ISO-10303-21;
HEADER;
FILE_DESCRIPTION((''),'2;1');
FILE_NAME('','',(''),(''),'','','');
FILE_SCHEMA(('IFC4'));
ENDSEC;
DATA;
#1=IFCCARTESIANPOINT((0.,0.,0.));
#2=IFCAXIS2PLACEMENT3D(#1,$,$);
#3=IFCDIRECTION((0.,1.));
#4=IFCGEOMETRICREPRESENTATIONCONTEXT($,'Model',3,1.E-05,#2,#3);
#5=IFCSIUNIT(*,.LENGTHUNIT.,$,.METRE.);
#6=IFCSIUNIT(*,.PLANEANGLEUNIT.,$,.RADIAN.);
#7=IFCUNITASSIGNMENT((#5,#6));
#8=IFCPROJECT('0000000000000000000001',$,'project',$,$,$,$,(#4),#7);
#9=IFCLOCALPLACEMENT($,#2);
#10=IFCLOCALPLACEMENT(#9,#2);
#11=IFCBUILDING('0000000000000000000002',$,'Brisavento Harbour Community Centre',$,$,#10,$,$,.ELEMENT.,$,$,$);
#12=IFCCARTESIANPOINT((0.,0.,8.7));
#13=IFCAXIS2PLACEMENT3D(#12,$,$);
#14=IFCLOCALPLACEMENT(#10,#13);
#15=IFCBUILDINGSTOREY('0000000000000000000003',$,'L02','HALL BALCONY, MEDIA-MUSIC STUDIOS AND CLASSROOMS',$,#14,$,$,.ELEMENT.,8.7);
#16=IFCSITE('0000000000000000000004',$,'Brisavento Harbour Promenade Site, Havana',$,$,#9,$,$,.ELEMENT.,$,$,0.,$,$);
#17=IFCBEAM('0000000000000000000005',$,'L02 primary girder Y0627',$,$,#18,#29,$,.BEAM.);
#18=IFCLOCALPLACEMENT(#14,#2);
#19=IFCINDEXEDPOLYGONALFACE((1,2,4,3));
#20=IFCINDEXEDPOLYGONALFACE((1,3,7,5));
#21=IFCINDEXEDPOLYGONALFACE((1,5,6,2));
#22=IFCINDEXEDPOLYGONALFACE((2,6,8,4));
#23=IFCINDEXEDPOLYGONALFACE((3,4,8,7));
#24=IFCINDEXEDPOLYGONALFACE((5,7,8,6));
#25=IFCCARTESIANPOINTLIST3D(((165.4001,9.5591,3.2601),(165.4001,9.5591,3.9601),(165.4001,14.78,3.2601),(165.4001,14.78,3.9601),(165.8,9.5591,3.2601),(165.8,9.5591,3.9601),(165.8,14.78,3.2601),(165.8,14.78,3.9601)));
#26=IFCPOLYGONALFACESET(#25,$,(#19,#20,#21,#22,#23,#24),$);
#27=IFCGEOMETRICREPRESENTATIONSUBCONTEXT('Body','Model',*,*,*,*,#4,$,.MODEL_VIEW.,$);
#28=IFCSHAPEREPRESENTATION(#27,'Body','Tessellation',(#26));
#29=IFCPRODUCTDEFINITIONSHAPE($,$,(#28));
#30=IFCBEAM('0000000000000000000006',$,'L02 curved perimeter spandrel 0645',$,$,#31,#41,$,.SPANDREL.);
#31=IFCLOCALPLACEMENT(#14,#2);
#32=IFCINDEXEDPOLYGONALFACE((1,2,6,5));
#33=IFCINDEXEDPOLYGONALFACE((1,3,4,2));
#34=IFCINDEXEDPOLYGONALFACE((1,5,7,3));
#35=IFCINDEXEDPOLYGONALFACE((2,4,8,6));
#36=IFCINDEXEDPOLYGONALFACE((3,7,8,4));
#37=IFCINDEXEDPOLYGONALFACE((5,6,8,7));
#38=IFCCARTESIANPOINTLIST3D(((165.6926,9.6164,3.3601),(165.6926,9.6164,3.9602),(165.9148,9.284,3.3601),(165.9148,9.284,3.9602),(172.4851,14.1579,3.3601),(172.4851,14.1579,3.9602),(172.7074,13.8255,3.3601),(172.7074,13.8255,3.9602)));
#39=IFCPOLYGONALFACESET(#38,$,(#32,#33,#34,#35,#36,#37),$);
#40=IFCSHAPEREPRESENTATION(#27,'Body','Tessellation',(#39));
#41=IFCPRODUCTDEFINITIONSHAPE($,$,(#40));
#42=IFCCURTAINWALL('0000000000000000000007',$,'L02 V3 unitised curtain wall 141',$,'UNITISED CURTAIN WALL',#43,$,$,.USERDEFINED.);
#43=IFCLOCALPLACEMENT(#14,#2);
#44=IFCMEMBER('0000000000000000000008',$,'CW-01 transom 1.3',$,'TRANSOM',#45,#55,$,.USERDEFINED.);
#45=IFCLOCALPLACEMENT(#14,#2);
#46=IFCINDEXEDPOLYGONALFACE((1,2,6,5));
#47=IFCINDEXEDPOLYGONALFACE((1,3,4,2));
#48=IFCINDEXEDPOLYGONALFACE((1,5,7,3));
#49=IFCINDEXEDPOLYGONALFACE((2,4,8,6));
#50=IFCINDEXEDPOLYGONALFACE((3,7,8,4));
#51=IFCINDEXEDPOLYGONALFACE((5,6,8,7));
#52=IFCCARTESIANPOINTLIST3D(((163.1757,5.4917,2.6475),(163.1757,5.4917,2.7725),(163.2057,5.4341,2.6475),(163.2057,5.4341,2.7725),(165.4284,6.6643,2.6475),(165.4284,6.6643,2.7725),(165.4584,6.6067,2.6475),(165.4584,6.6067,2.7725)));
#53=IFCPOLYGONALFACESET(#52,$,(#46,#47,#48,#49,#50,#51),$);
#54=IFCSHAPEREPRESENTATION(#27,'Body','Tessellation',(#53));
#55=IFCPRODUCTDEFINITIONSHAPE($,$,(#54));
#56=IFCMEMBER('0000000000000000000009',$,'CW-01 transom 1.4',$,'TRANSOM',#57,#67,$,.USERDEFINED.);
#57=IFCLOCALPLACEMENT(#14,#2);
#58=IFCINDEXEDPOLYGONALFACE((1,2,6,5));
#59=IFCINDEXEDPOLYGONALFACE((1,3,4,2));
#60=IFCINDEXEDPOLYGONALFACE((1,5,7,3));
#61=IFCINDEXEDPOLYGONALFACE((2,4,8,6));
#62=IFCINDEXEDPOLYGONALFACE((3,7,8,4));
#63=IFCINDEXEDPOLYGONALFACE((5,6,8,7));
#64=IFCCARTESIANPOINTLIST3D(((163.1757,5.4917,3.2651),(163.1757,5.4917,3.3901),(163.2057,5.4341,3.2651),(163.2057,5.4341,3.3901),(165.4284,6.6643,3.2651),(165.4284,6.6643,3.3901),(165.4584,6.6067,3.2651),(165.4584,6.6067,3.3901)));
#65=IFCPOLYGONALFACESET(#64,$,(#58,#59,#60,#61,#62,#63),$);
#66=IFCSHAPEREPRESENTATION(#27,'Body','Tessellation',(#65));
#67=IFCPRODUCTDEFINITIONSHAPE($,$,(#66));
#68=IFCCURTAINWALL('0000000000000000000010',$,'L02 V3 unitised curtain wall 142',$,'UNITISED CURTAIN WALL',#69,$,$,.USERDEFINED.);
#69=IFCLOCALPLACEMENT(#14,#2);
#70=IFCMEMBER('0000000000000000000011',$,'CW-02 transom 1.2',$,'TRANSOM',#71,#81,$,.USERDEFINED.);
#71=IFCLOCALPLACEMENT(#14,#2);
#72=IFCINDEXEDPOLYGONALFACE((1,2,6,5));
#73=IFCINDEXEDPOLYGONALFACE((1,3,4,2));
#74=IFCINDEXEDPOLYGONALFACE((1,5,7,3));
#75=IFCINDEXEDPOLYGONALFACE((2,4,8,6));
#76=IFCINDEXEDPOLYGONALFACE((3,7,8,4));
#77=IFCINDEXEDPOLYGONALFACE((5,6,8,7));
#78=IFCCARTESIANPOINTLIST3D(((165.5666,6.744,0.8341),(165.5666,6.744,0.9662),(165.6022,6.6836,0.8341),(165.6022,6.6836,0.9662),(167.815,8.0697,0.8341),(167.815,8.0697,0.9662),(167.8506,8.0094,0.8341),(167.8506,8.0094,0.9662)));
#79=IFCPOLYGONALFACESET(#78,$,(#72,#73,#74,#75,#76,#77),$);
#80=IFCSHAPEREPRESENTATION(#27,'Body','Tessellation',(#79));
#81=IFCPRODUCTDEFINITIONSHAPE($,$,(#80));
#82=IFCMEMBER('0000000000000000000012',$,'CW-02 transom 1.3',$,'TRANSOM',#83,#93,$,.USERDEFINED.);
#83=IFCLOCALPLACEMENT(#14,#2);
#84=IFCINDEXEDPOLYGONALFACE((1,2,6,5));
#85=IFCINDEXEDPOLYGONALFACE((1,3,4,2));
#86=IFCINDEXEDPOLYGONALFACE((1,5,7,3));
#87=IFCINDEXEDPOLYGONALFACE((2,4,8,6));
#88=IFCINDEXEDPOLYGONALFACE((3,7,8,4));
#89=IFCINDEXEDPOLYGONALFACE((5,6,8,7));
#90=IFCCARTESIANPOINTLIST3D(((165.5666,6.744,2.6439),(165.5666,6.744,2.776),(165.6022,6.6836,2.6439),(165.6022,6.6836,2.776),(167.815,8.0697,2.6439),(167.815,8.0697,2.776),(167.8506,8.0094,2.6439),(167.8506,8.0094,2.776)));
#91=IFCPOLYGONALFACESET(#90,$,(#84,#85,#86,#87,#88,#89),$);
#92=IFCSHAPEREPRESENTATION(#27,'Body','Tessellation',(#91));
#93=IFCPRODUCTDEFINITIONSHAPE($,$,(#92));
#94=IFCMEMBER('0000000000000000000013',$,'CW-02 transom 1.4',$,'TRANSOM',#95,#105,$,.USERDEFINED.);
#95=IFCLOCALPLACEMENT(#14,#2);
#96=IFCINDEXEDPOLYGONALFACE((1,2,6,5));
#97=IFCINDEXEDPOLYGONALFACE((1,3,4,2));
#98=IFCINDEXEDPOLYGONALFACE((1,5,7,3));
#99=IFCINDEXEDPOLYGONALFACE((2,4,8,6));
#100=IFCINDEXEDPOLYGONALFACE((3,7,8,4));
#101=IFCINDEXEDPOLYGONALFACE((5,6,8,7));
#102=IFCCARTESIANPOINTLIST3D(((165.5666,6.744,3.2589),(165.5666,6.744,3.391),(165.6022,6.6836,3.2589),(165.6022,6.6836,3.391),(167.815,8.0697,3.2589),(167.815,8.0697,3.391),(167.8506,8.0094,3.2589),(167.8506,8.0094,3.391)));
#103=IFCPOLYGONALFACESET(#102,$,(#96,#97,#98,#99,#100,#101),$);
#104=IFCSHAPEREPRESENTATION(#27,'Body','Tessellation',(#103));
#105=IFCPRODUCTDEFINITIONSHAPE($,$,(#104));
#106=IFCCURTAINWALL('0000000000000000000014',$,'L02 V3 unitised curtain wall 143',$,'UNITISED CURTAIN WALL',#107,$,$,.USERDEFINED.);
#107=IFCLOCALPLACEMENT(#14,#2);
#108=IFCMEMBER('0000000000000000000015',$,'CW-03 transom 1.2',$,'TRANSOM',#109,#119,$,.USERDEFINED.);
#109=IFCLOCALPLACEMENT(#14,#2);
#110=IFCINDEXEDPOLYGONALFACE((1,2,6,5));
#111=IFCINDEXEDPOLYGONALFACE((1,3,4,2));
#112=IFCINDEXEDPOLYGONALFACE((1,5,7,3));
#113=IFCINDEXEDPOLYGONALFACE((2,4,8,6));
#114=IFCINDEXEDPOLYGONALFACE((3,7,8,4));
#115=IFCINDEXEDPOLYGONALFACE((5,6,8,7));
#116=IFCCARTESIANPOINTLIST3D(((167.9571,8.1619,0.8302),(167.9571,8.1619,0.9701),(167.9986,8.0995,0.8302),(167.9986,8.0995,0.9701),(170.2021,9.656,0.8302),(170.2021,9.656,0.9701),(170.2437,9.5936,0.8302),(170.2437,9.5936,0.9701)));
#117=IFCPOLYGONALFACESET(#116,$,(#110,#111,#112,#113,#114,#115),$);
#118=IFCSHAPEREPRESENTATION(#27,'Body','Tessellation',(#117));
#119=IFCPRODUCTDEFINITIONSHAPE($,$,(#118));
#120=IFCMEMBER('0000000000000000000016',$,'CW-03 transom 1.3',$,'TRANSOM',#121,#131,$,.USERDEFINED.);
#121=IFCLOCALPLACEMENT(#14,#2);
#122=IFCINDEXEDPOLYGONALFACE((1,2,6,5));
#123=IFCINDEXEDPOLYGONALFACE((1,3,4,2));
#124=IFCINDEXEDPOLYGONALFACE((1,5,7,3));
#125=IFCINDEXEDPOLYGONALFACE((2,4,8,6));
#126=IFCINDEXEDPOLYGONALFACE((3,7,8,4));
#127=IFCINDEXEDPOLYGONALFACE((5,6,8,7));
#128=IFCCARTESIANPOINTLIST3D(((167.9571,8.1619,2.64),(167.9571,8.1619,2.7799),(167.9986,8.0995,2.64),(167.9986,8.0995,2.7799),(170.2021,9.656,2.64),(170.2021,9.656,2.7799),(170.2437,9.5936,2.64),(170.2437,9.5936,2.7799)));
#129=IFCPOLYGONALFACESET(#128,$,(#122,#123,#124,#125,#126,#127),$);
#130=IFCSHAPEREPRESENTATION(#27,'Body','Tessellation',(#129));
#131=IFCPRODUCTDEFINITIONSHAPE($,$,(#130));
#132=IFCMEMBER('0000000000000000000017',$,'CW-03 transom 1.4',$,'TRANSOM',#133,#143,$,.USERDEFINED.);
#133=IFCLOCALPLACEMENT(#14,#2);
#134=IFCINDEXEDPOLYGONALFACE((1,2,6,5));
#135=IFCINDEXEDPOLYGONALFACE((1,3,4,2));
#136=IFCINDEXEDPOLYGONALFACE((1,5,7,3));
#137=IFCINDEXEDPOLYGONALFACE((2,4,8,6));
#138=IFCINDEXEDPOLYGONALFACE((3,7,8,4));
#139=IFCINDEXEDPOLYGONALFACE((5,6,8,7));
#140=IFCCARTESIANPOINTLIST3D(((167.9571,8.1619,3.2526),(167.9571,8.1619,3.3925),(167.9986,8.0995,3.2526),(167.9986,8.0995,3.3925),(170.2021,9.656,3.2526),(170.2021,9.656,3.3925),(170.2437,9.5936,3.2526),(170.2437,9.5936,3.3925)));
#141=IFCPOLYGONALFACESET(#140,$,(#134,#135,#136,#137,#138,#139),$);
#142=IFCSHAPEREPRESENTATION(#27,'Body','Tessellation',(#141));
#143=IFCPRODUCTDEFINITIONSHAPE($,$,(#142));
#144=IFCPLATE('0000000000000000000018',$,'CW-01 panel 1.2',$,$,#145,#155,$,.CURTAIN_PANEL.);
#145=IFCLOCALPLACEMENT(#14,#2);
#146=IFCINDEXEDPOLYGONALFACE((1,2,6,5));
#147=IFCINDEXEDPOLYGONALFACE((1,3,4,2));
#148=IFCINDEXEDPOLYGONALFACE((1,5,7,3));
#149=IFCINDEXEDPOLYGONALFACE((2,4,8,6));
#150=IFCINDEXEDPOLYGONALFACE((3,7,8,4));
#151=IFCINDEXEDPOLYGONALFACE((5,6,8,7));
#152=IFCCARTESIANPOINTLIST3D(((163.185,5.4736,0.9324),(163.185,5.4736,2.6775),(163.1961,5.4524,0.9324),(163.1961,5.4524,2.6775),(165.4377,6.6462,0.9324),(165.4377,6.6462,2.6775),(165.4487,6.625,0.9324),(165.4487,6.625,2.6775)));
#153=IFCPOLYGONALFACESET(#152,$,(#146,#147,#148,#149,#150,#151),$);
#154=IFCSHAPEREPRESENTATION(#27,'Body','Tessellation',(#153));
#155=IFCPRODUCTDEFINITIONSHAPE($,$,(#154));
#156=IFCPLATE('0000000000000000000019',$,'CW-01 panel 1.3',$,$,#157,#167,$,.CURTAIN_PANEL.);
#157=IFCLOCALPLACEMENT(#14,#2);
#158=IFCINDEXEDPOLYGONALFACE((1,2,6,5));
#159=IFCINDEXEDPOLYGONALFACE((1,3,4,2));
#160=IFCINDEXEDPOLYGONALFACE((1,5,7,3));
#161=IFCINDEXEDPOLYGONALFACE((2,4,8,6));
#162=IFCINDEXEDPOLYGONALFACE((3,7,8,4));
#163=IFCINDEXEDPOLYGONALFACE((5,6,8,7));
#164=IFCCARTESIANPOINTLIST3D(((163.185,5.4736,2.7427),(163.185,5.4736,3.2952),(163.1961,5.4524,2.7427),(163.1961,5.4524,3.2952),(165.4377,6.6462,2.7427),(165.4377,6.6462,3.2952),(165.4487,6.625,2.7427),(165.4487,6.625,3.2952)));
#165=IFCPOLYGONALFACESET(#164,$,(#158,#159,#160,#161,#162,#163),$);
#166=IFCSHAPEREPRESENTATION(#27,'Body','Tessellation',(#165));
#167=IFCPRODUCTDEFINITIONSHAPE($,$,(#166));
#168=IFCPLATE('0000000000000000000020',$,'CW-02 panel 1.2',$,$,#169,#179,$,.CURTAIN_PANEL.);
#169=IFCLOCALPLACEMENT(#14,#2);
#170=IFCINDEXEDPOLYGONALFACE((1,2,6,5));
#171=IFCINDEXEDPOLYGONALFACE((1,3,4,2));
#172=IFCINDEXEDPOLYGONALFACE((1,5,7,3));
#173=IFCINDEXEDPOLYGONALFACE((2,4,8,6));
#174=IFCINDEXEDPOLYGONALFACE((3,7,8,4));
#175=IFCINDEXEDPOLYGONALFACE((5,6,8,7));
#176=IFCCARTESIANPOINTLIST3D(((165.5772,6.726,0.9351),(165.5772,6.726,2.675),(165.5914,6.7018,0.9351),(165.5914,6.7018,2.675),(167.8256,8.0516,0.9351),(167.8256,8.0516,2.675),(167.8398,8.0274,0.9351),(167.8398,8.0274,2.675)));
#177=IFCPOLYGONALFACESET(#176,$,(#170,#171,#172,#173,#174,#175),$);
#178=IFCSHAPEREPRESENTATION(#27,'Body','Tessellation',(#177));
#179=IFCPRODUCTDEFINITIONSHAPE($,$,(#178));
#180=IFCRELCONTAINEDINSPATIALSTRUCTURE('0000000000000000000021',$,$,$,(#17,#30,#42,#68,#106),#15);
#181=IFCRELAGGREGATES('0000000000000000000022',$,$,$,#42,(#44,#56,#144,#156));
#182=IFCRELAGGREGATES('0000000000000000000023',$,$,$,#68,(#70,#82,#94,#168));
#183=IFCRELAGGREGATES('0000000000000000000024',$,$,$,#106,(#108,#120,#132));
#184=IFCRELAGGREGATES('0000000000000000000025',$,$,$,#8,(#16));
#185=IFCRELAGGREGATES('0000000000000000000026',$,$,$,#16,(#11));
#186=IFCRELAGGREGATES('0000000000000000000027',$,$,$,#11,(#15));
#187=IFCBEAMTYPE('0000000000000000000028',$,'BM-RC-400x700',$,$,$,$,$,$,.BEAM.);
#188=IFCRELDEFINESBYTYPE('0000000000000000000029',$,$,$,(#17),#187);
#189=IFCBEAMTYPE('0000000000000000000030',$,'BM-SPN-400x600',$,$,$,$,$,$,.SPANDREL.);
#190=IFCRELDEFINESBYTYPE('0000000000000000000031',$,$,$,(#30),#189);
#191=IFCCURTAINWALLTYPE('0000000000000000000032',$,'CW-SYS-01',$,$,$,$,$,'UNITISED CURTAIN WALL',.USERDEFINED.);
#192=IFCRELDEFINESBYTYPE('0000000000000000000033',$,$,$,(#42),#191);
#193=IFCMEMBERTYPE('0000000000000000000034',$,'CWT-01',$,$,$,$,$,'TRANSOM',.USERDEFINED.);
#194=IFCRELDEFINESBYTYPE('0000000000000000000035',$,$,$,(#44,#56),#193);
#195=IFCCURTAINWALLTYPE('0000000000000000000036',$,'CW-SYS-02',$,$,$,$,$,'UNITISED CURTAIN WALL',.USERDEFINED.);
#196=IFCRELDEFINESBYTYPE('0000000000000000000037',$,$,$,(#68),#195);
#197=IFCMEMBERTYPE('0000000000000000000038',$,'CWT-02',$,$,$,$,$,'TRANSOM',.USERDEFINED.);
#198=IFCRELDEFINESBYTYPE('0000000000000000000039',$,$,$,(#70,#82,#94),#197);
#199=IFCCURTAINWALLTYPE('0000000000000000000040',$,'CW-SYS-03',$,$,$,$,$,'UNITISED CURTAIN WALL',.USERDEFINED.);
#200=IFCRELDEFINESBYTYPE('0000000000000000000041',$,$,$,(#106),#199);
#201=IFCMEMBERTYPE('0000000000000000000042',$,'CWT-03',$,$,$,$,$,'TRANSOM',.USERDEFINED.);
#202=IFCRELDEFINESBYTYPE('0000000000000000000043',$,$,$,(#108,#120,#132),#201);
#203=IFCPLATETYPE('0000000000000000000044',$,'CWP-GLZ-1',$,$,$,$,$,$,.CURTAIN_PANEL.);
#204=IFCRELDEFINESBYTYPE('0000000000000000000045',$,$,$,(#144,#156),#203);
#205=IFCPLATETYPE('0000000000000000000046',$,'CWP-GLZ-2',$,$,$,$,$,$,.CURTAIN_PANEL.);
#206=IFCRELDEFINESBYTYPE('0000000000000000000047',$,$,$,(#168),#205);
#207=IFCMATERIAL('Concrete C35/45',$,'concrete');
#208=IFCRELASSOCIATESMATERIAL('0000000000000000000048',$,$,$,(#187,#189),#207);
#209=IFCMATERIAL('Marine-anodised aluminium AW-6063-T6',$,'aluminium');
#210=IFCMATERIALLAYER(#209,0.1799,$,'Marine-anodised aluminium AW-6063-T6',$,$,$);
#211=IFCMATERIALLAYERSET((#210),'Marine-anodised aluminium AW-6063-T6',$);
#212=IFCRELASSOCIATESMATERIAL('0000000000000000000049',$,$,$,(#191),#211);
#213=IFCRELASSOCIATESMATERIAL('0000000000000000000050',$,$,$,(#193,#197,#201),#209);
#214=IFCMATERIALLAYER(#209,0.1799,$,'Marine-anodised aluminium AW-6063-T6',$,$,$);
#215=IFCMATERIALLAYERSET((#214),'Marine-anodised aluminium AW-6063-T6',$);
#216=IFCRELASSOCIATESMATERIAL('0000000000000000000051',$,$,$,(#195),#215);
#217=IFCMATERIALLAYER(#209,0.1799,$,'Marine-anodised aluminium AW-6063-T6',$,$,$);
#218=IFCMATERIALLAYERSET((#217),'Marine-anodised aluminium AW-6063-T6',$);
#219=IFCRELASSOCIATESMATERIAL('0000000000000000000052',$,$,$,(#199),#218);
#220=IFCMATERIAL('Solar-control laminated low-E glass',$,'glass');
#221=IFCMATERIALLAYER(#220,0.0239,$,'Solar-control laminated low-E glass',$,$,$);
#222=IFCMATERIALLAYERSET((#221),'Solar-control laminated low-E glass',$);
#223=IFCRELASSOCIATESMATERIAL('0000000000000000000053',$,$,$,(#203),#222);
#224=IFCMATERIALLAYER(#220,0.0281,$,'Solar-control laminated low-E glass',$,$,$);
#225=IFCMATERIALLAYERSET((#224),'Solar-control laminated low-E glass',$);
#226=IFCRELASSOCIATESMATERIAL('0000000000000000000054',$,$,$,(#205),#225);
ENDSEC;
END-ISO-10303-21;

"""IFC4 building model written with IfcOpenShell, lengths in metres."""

from ifc_helpers import new_model, si_unit, direction, frame, origin, origin_2d, place, context, subcontext, project, spatial, rectangle, extrude, material, layer, layer_set, material_profile, profile_set, type_object, element, aggregate, save


model = new_model("IFC4")

# Units and contexts
model_context = context("Model", 3, precision=1e-05, world=origin(), true_north=direction((0.0, 1.0)))
body_context = subcontext(model_context, "Body", "Model", "MODEL_VIEW")
ifc_project = project(units=[si_unit("LENGTHUNIT", "METRE"), si_unit("PLANEANGLEUNIT", "RADIAN")], contexts=[model_context])

# Site, building, storey
site_placement = place(None, origin())
site = spatial("IfcSite", under=ifc_project, at=site_placement, Name="Brisavento Harbour Promenade Site, Havana", CompositionType="ELEMENT", RefElevation=0.0)
building_placement = place(site_placement, origin())
building = spatial("IfcBuilding", under=site, at=building_placement, Name="Brisavento Harbour Community Centre", CompositionType="ELEMENT")
storey_placement = place(building_placement, frame((0.0, 0.0, 8.7)))
storey = spatial("IfcBuildingStorey", under=building, at=storey_placement, Name="L02", Description="HALL BALCONY, MEDIA-MUSIC STUDIOS AND CLASSROOMS", CompositionType="ELEMENT", Elevation=8.7)

# Beams
ifc_material_1 = material(Name="Concrete C35/45", Category="concrete")
ifc_material_profile_1 = material_profile(ifc_material_1, rectangle(XDim=0.3999, YDim=0.7, at=origin_2d()), Name="Concrete C35/45")
ifc_profile_set_1 = profile_set([ifc_material_profile_1], Name="Concrete C35/45")
beam_type_1 = type_object("IfcBeamType", Name="BM-RC-400x700", PredefinedType="BEAM", material=ifc_profile_set_1)
beam_1_placement = place(storey_placement, frame((165.6001, 9.5591, 3.6101), z_axis=(0.0, 1.0, 0.0), x_axis=(-1.0, 0.0, 0.0)))
element("IfcBeam", 1, at=beam_1_placement, inside=storey, type_object=beam_type_1, Name="L02 primary girder Y0627", PredefinedType="BEAM", context=body_context, shape_type="SweptSolid", body=[
    extrude(rectangle(XDim=0.3999, YDim=0.7, at=origin_2d()), origin(), (0.0, 0.0, 1.0), 5.2209),
])
ifc_material_profile_2 = material_profile(ifc_material_1, rectangle(XDim=0.3999, YDim=0.6001, at=origin_2d()), Name="Concrete C35/45")
ifc_profile_set_2 = profile_set([ifc_material_profile_2], Name="Concrete C35/45")
beam_type_2 = type_object("IfcBeamType", Name="BM-SPN-400x600", PredefinedType="SPANDREL", material=ifc_profile_set_2)
beam_2_placement = place(storey_placement, frame((165.8037, 9.4502, 3.6602), z_axis=(0.831305, 0.555817, 0.0), x_axis=(-0.555817, 0.831305, 0.0)))
element("IfcBeam", 2, at=beam_2_placement, inside=storey, type_object=beam_type_2, Name="L02 curved perimeter spandrel 0645", PredefinedType="SPANDREL", context=body_context, shape_type="SweptSolid", body=[
    extrude(rectangle(XDim=0.3999, YDim=0.6001, at=origin_2d()), origin(), (0.0, 0.0, 1.0), 8.1709),
])

# Curtain walls, members
ifc_material_2 = material(Name="Marine-anodised aluminium AW-6063-T6", Category="aluminium")
ifc_layer_1 = layer(ifc_material_2, 0.1799, Name="Marine-anodised aluminium AW-6063-T6")
ifc_layer_set_1 = layer_set([ifc_layer_1], Name="Marine-anodised aluminium AW-6063-T6")
curtain_wall_type_1 = type_object("IfcCurtainWallType", Name="CW-SYS-01", ElementType="UNITISED CURTAIN WALL", PredefinedType="USERDEFINED", material=ifc_layer_set_1)
curtain_wall_1_placement = place(storey_placement, origin())
curtain_wall_1 = element("IfcCurtainWall", 3, at=curtain_wall_1_placement, inside=storey, type_object=curtain_wall_type_1, Name="L02 V3 unitised curtain wall 141", ObjectType="UNITISED CURTAIN WALL", PredefinedType="USERDEFINED")
ifc_material_profile_3 = material_profile(ifc_material_2, rectangle(XDim=0.0649, YDim=0.125, at=origin_2d()), Name="Marine-anodised aluminium AW-6063-T6")
ifc_profile_set_3 = profile_set([ifc_material_profile_3], Name="Marine-anodised aluminium AW-6063-T6")
member_type_1 = type_object("IfcMemberType", Name="CWT-01", ElementType="TRANSOM", PredefinedType="USERDEFINED", material=ifc_profile_set_3)
member_1_placement = place(storey_placement, frame((165.4434, 6.6355, 2.71), z_axis=(-0.887022, -0.461728, 0.0), x_axis=(0.461728, -0.887022, 0.0)))
member_1 = element("IfcMember", 4, at=member_1_placement, type_object=member_type_1, Name="CW-01 transom 1.3", ObjectType="TRANSOM", PredefinedType="USERDEFINED", context=body_context, shape_type="SweptSolid", body=[
    extrude(rectangle(XDim=0.0649, YDim=0.125, at=origin_2d()), origin(), (0.0, 0.0, 1.0), 2.5396),
])
member_2_placement = place(storey_placement, frame((165.4434, 6.6355, 3.3276), z_axis=(-0.887022, -0.461728, 0.0), x_axis=(0.461728, -0.887022, 0.0)))
member_2 = element("IfcMember", 5, at=member_2_placement, type_object=member_type_1, Name="CW-01 transom 1.4", ObjectType="TRANSOM", PredefinedType="USERDEFINED", context=body_context, shape_type="SweptSolid", body=[
    extrude(rectangle(XDim=0.0649, YDim=0.125, at=origin_2d()), origin(), (0.0, 0.0, 1.0), 2.5396),
])
ifc_layer_2 = layer(ifc_material_2, 0.1799, Name="Marine-anodised aluminium AW-6063-T6")
ifc_layer_set_2 = layer_set([ifc_layer_2], Name="Marine-anodised aluminium AW-6063-T6")
curtain_wall_type_2 = type_object("IfcCurtainWallType", Name="CW-SYS-02", ElementType="UNITISED CURTAIN WALL", PredefinedType="USERDEFINED", material=ifc_layer_set_2)
curtain_wall_2_placement = place(storey_placement, origin())
curtain_wall_2 = element("IfcCurtainWall", 6, at=curtain_wall_2_placement, inside=storey, type_object=curtain_wall_type_2, Name="L02 V3 unitised curtain wall 142", ObjectType="UNITISED CURTAIN WALL", PredefinedType="USERDEFINED")
ifc_material_profile_4 = material_profile(ifc_material_2, rectangle(XDim=0.0701, YDim=0.1321, at=origin_2d()), Name="Marine-anodised aluminium AW-6063-T6")
ifc_profile_set_4 = profile_set([ifc_material_profile_4], Name="Marine-anodised aluminium AW-6063-T6")
member_type_2 = type_object("IfcMemberType", Name="CWT-02", ElementType="TRANSOM", PredefinedType="USERDEFINED", material=ifc_profile_set_4)
member_3_placement = place(storey_placement, frame((167.8328, 8.0396, 0.9001), z_axis=(-0.861405, -0.507919, 0.0), x_axis=(0.507919, -0.861405, 0.0)))
member_3 = element("IfcMember", 7, at=member_3_placement, type_object=member_type_2, Name="CW-02 transom 1.2", ObjectType="TRANSOM", PredefinedType="USERDEFINED", context=body_context, shape_type="SweptSolid", body=[
    extrude(rectangle(XDim=0.0701, YDim=0.1321, at=origin_2d()), origin(), (0.0, 0.0, 1.0), 2.6101),
])
member_4_placement = place(storey_placement, frame((167.8328, 8.0396, 2.71), z_axis=(-0.861405, -0.507919, 0.0), x_axis=(0.507919, -0.861405, 0.0)))
member_4 = element("IfcMember", 8, at=member_4_placement, type_object=member_type_2, Name="CW-02 transom 1.3", ObjectType="TRANSOM", PredefinedType="USERDEFINED", context=body_context, shape_type="SweptSolid", body=[
    extrude(rectangle(XDim=0.0701, YDim=0.1321, at=origin_2d()), origin(), (0.0, 0.0, 1.0), 2.6101),
])
member_5_placement = place(storey_placement, frame((167.8328, 8.0396, 3.325), z_axis=(-0.861405, -0.507919, 0.0), x_axis=(0.507919, -0.861405, 0.0)))
member_5 = element("IfcMember", 9, at=member_5_placement, type_object=member_type_2, Name="CW-02 transom 1.4", ObjectType="TRANSOM", PredefinedType="USERDEFINED", context=body_context, shape_type="SweptSolid", body=[
    extrude(rectangle(XDim=0.0701, YDim=0.1321, at=origin_2d()), origin(), (0.0, 0.0, 1.0), 2.6101),
])
ifc_layer_3 = layer(ifc_material_2, 0.1799, Name="Marine-anodised aluminium AW-6063-T6")
ifc_layer_set_3 = layer_set([ifc_layer_3], Name="Marine-anodised aluminium AW-6063-T6")
curtain_wall_type_3 = type_object("IfcCurtainWallType", Name="CW-SYS-03", ElementType="UNITISED CURTAIN WALL", PredefinedType="USERDEFINED", material=ifc_layer_set_3)
curtain_wall_3_placement = place(storey_placement, origin())
curtain_wall_3 = element("IfcCurtainWall", 10, at=curtain_wall_3_placement, inside=storey, type_object=curtain_wall_type_3, Name="L02 V3 unitised curtain wall 143", ObjectType="UNITISED CURTAIN WALL", PredefinedType="USERDEFINED")
ifc_material_profile_5 = material_profile(ifc_material_2, rectangle(XDim=0.075, YDim=0.1399, at=origin_2d()), Name="Marine-anodised aluminium AW-6063-T6")
ifc_profile_set_5 = profile_set([ifc_material_profile_5], Name="Marine-anodised aluminium AW-6063-T6")
member_type_3 = type_object("IfcMemberType", Name="CWT-03", ElementType="TRANSOM", PredefinedType="USERDEFINED", material=ifc_profile_set_5)
member_6_placement = place(storey_placement, frame((170.2229, 9.6248, 0.9001), z_axis=(-0.832496, -0.554032, 0.0), x_axis=(0.554032, -0.832496, 0.0)))
member_6 = element("IfcMember", 11, at=member_6_placement, type_object=member_type_3, Name="CW-03 transom 1.2", ObjectType="TRANSOM", PredefinedType="USERDEFINED", context=body_context, shape_type="SweptSolid", body=[
    extrude(rectangle(XDim=0.075, YDim=0.1399, at=origin_2d()), origin(), (0.0, 0.0, 1.0), 2.6968),
])
member_7_placement = place(storey_placement, frame((170.2229, 9.6248, 2.71), z_axis=(-0.832496, -0.554032, 0.0), x_axis=(0.554032, -0.832496, 0.0)))
member_7 = element("IfcMember", 12, at=member_7_placement, type_object=member_type_3, Name="CW-03 transom 1.3", ObjectType="TRANSOM", PredefinedType="USERDEFINED", context=body_context, shape_type="SweptSolid", body=[
    extrude(rectangle(XDim=0.075, YDim=0.1399, at=origin_2d()), origin(), (0.0, 0.0, 1.0), 2.6968),
])
member_8_placement = place(storey_placement, frame((170.2229, 9.6248, 3.3225), z_axis=(-0.832496, -0.554032, 0.0), x_axis=(0.554032, -0.832496, 0.0)))
member_8 = element("IfcMember", 13, at=member_8_placement, type_object=member_type_3, Name="CW-03 transom 1.4", ObjectType="TRANSOM", PredefinedType="USERDEFINED", context=body_context, shape_type="SweptSolid", body=[
    extrude(rectangle(XDim=0.075, YDim=0.1399, at=origin_2d()), origin(), (0.0, 0.0, 1.0), 2.6968),
])

# Plates
ifc_material_3 = material(Name="Solar-control laminated low-E glass", Category="glass")
ifc_layer_4 = layer(ifc_material_3, 0.0239, Name="Solar-control laminated low-E glass")
ifc_layer_set_4 = layer_set([ifc_layer_4], Name="Solar-control laminated low-E glass")
plate_type_1 = type_object("IfcPlateType", Name="CWP-GLZ-1", PredefinedType="CURTAIN_PANEL", material=ifc_layer_set_4)
plate_1_placement = place(storey_placement, frame((164.3169, 6.0493, 0.9324), z_axis=(0.0, 0.0, 1.0), x_axis=(-0.887027, -0.461718, 0.0)))
plate_1 = element("IfcPlate", 14, at=plate_1_placement, type_object=plate_type_1, Name="CW-01 panel 1.2", PredefinedType="CURTAIN_PANEL", context=body_context, shape_type="SweptSolid", body=[
    extrude(rectangle(XDim=2.5396, YDim=0.0239, at=origin_2d()), origin(), (0.0, 0.0, 1.0), 1.7451),
])
plate_2_placement = place(storey_placement, frame((164.3169, 6.0493, 2.7427), z_axis=(0.0, 0.0, 1.0), x_axis=(-0.887027, -0.461718, 0.0)))
plate_2 = element("IfcPlate", 15, at=plate_2_placement, type_object=plate_type_1, Name="CW-01 panel 1.3", PredefinedType="CURTAIN_PANEL", context=body_context, shape_type="SweptSolid", body=[
    extrude(rectangle(XDim=2.5396, YDim=0.0239, at=origin_2d()), origin(), (0.0, 0.0, 1.0), 0.5525),
])
aggregate(curtain_wall_1, [member_1, member_2, plate_1, plate_2])
ifc_layer_5 = layer(ifc_material_3, 0.0281, Name="Solar-control laminated low-E glass")
ifc_layer_set_5 = layer_set([ifc_layer_5], Name="Solar-control laminated low-E glass")
plate_type_2 = type_object("IfcPlateType", Name="CWP-GLZ-2", PredefinedType="CURTAIN_PANEL", material=ifc_layer_set_5)
plate_3_placement = place(storey_placement, frame((166.7085, 7.3767, 0.9351), z_axis=(0.0, 0.0, 1.0), x_axis=(-0.86143, -0.507876, 0.0)))
plate_3 = element("IfcPlate", 16, at=plate_3_placement, type_object=plate_type_2, Name="CW-02 panel 1.2", PredefinedType="CURTAIN_PANEL", context=body_context, shape_type="SweptSolid", body=[
    extrude(rectangle(XDim=2.6101, YDim=0.0281, at=origin_2d()), origin(), (0.0, 0.0, 1.0), 1.74),
])
aggregate(curtain_wall_2, [member_3, member_4, member_5, plate_3])
aggregate(curtain_wall_3, [member_6, member_7, member_8])

save(model, "model.ifc")
